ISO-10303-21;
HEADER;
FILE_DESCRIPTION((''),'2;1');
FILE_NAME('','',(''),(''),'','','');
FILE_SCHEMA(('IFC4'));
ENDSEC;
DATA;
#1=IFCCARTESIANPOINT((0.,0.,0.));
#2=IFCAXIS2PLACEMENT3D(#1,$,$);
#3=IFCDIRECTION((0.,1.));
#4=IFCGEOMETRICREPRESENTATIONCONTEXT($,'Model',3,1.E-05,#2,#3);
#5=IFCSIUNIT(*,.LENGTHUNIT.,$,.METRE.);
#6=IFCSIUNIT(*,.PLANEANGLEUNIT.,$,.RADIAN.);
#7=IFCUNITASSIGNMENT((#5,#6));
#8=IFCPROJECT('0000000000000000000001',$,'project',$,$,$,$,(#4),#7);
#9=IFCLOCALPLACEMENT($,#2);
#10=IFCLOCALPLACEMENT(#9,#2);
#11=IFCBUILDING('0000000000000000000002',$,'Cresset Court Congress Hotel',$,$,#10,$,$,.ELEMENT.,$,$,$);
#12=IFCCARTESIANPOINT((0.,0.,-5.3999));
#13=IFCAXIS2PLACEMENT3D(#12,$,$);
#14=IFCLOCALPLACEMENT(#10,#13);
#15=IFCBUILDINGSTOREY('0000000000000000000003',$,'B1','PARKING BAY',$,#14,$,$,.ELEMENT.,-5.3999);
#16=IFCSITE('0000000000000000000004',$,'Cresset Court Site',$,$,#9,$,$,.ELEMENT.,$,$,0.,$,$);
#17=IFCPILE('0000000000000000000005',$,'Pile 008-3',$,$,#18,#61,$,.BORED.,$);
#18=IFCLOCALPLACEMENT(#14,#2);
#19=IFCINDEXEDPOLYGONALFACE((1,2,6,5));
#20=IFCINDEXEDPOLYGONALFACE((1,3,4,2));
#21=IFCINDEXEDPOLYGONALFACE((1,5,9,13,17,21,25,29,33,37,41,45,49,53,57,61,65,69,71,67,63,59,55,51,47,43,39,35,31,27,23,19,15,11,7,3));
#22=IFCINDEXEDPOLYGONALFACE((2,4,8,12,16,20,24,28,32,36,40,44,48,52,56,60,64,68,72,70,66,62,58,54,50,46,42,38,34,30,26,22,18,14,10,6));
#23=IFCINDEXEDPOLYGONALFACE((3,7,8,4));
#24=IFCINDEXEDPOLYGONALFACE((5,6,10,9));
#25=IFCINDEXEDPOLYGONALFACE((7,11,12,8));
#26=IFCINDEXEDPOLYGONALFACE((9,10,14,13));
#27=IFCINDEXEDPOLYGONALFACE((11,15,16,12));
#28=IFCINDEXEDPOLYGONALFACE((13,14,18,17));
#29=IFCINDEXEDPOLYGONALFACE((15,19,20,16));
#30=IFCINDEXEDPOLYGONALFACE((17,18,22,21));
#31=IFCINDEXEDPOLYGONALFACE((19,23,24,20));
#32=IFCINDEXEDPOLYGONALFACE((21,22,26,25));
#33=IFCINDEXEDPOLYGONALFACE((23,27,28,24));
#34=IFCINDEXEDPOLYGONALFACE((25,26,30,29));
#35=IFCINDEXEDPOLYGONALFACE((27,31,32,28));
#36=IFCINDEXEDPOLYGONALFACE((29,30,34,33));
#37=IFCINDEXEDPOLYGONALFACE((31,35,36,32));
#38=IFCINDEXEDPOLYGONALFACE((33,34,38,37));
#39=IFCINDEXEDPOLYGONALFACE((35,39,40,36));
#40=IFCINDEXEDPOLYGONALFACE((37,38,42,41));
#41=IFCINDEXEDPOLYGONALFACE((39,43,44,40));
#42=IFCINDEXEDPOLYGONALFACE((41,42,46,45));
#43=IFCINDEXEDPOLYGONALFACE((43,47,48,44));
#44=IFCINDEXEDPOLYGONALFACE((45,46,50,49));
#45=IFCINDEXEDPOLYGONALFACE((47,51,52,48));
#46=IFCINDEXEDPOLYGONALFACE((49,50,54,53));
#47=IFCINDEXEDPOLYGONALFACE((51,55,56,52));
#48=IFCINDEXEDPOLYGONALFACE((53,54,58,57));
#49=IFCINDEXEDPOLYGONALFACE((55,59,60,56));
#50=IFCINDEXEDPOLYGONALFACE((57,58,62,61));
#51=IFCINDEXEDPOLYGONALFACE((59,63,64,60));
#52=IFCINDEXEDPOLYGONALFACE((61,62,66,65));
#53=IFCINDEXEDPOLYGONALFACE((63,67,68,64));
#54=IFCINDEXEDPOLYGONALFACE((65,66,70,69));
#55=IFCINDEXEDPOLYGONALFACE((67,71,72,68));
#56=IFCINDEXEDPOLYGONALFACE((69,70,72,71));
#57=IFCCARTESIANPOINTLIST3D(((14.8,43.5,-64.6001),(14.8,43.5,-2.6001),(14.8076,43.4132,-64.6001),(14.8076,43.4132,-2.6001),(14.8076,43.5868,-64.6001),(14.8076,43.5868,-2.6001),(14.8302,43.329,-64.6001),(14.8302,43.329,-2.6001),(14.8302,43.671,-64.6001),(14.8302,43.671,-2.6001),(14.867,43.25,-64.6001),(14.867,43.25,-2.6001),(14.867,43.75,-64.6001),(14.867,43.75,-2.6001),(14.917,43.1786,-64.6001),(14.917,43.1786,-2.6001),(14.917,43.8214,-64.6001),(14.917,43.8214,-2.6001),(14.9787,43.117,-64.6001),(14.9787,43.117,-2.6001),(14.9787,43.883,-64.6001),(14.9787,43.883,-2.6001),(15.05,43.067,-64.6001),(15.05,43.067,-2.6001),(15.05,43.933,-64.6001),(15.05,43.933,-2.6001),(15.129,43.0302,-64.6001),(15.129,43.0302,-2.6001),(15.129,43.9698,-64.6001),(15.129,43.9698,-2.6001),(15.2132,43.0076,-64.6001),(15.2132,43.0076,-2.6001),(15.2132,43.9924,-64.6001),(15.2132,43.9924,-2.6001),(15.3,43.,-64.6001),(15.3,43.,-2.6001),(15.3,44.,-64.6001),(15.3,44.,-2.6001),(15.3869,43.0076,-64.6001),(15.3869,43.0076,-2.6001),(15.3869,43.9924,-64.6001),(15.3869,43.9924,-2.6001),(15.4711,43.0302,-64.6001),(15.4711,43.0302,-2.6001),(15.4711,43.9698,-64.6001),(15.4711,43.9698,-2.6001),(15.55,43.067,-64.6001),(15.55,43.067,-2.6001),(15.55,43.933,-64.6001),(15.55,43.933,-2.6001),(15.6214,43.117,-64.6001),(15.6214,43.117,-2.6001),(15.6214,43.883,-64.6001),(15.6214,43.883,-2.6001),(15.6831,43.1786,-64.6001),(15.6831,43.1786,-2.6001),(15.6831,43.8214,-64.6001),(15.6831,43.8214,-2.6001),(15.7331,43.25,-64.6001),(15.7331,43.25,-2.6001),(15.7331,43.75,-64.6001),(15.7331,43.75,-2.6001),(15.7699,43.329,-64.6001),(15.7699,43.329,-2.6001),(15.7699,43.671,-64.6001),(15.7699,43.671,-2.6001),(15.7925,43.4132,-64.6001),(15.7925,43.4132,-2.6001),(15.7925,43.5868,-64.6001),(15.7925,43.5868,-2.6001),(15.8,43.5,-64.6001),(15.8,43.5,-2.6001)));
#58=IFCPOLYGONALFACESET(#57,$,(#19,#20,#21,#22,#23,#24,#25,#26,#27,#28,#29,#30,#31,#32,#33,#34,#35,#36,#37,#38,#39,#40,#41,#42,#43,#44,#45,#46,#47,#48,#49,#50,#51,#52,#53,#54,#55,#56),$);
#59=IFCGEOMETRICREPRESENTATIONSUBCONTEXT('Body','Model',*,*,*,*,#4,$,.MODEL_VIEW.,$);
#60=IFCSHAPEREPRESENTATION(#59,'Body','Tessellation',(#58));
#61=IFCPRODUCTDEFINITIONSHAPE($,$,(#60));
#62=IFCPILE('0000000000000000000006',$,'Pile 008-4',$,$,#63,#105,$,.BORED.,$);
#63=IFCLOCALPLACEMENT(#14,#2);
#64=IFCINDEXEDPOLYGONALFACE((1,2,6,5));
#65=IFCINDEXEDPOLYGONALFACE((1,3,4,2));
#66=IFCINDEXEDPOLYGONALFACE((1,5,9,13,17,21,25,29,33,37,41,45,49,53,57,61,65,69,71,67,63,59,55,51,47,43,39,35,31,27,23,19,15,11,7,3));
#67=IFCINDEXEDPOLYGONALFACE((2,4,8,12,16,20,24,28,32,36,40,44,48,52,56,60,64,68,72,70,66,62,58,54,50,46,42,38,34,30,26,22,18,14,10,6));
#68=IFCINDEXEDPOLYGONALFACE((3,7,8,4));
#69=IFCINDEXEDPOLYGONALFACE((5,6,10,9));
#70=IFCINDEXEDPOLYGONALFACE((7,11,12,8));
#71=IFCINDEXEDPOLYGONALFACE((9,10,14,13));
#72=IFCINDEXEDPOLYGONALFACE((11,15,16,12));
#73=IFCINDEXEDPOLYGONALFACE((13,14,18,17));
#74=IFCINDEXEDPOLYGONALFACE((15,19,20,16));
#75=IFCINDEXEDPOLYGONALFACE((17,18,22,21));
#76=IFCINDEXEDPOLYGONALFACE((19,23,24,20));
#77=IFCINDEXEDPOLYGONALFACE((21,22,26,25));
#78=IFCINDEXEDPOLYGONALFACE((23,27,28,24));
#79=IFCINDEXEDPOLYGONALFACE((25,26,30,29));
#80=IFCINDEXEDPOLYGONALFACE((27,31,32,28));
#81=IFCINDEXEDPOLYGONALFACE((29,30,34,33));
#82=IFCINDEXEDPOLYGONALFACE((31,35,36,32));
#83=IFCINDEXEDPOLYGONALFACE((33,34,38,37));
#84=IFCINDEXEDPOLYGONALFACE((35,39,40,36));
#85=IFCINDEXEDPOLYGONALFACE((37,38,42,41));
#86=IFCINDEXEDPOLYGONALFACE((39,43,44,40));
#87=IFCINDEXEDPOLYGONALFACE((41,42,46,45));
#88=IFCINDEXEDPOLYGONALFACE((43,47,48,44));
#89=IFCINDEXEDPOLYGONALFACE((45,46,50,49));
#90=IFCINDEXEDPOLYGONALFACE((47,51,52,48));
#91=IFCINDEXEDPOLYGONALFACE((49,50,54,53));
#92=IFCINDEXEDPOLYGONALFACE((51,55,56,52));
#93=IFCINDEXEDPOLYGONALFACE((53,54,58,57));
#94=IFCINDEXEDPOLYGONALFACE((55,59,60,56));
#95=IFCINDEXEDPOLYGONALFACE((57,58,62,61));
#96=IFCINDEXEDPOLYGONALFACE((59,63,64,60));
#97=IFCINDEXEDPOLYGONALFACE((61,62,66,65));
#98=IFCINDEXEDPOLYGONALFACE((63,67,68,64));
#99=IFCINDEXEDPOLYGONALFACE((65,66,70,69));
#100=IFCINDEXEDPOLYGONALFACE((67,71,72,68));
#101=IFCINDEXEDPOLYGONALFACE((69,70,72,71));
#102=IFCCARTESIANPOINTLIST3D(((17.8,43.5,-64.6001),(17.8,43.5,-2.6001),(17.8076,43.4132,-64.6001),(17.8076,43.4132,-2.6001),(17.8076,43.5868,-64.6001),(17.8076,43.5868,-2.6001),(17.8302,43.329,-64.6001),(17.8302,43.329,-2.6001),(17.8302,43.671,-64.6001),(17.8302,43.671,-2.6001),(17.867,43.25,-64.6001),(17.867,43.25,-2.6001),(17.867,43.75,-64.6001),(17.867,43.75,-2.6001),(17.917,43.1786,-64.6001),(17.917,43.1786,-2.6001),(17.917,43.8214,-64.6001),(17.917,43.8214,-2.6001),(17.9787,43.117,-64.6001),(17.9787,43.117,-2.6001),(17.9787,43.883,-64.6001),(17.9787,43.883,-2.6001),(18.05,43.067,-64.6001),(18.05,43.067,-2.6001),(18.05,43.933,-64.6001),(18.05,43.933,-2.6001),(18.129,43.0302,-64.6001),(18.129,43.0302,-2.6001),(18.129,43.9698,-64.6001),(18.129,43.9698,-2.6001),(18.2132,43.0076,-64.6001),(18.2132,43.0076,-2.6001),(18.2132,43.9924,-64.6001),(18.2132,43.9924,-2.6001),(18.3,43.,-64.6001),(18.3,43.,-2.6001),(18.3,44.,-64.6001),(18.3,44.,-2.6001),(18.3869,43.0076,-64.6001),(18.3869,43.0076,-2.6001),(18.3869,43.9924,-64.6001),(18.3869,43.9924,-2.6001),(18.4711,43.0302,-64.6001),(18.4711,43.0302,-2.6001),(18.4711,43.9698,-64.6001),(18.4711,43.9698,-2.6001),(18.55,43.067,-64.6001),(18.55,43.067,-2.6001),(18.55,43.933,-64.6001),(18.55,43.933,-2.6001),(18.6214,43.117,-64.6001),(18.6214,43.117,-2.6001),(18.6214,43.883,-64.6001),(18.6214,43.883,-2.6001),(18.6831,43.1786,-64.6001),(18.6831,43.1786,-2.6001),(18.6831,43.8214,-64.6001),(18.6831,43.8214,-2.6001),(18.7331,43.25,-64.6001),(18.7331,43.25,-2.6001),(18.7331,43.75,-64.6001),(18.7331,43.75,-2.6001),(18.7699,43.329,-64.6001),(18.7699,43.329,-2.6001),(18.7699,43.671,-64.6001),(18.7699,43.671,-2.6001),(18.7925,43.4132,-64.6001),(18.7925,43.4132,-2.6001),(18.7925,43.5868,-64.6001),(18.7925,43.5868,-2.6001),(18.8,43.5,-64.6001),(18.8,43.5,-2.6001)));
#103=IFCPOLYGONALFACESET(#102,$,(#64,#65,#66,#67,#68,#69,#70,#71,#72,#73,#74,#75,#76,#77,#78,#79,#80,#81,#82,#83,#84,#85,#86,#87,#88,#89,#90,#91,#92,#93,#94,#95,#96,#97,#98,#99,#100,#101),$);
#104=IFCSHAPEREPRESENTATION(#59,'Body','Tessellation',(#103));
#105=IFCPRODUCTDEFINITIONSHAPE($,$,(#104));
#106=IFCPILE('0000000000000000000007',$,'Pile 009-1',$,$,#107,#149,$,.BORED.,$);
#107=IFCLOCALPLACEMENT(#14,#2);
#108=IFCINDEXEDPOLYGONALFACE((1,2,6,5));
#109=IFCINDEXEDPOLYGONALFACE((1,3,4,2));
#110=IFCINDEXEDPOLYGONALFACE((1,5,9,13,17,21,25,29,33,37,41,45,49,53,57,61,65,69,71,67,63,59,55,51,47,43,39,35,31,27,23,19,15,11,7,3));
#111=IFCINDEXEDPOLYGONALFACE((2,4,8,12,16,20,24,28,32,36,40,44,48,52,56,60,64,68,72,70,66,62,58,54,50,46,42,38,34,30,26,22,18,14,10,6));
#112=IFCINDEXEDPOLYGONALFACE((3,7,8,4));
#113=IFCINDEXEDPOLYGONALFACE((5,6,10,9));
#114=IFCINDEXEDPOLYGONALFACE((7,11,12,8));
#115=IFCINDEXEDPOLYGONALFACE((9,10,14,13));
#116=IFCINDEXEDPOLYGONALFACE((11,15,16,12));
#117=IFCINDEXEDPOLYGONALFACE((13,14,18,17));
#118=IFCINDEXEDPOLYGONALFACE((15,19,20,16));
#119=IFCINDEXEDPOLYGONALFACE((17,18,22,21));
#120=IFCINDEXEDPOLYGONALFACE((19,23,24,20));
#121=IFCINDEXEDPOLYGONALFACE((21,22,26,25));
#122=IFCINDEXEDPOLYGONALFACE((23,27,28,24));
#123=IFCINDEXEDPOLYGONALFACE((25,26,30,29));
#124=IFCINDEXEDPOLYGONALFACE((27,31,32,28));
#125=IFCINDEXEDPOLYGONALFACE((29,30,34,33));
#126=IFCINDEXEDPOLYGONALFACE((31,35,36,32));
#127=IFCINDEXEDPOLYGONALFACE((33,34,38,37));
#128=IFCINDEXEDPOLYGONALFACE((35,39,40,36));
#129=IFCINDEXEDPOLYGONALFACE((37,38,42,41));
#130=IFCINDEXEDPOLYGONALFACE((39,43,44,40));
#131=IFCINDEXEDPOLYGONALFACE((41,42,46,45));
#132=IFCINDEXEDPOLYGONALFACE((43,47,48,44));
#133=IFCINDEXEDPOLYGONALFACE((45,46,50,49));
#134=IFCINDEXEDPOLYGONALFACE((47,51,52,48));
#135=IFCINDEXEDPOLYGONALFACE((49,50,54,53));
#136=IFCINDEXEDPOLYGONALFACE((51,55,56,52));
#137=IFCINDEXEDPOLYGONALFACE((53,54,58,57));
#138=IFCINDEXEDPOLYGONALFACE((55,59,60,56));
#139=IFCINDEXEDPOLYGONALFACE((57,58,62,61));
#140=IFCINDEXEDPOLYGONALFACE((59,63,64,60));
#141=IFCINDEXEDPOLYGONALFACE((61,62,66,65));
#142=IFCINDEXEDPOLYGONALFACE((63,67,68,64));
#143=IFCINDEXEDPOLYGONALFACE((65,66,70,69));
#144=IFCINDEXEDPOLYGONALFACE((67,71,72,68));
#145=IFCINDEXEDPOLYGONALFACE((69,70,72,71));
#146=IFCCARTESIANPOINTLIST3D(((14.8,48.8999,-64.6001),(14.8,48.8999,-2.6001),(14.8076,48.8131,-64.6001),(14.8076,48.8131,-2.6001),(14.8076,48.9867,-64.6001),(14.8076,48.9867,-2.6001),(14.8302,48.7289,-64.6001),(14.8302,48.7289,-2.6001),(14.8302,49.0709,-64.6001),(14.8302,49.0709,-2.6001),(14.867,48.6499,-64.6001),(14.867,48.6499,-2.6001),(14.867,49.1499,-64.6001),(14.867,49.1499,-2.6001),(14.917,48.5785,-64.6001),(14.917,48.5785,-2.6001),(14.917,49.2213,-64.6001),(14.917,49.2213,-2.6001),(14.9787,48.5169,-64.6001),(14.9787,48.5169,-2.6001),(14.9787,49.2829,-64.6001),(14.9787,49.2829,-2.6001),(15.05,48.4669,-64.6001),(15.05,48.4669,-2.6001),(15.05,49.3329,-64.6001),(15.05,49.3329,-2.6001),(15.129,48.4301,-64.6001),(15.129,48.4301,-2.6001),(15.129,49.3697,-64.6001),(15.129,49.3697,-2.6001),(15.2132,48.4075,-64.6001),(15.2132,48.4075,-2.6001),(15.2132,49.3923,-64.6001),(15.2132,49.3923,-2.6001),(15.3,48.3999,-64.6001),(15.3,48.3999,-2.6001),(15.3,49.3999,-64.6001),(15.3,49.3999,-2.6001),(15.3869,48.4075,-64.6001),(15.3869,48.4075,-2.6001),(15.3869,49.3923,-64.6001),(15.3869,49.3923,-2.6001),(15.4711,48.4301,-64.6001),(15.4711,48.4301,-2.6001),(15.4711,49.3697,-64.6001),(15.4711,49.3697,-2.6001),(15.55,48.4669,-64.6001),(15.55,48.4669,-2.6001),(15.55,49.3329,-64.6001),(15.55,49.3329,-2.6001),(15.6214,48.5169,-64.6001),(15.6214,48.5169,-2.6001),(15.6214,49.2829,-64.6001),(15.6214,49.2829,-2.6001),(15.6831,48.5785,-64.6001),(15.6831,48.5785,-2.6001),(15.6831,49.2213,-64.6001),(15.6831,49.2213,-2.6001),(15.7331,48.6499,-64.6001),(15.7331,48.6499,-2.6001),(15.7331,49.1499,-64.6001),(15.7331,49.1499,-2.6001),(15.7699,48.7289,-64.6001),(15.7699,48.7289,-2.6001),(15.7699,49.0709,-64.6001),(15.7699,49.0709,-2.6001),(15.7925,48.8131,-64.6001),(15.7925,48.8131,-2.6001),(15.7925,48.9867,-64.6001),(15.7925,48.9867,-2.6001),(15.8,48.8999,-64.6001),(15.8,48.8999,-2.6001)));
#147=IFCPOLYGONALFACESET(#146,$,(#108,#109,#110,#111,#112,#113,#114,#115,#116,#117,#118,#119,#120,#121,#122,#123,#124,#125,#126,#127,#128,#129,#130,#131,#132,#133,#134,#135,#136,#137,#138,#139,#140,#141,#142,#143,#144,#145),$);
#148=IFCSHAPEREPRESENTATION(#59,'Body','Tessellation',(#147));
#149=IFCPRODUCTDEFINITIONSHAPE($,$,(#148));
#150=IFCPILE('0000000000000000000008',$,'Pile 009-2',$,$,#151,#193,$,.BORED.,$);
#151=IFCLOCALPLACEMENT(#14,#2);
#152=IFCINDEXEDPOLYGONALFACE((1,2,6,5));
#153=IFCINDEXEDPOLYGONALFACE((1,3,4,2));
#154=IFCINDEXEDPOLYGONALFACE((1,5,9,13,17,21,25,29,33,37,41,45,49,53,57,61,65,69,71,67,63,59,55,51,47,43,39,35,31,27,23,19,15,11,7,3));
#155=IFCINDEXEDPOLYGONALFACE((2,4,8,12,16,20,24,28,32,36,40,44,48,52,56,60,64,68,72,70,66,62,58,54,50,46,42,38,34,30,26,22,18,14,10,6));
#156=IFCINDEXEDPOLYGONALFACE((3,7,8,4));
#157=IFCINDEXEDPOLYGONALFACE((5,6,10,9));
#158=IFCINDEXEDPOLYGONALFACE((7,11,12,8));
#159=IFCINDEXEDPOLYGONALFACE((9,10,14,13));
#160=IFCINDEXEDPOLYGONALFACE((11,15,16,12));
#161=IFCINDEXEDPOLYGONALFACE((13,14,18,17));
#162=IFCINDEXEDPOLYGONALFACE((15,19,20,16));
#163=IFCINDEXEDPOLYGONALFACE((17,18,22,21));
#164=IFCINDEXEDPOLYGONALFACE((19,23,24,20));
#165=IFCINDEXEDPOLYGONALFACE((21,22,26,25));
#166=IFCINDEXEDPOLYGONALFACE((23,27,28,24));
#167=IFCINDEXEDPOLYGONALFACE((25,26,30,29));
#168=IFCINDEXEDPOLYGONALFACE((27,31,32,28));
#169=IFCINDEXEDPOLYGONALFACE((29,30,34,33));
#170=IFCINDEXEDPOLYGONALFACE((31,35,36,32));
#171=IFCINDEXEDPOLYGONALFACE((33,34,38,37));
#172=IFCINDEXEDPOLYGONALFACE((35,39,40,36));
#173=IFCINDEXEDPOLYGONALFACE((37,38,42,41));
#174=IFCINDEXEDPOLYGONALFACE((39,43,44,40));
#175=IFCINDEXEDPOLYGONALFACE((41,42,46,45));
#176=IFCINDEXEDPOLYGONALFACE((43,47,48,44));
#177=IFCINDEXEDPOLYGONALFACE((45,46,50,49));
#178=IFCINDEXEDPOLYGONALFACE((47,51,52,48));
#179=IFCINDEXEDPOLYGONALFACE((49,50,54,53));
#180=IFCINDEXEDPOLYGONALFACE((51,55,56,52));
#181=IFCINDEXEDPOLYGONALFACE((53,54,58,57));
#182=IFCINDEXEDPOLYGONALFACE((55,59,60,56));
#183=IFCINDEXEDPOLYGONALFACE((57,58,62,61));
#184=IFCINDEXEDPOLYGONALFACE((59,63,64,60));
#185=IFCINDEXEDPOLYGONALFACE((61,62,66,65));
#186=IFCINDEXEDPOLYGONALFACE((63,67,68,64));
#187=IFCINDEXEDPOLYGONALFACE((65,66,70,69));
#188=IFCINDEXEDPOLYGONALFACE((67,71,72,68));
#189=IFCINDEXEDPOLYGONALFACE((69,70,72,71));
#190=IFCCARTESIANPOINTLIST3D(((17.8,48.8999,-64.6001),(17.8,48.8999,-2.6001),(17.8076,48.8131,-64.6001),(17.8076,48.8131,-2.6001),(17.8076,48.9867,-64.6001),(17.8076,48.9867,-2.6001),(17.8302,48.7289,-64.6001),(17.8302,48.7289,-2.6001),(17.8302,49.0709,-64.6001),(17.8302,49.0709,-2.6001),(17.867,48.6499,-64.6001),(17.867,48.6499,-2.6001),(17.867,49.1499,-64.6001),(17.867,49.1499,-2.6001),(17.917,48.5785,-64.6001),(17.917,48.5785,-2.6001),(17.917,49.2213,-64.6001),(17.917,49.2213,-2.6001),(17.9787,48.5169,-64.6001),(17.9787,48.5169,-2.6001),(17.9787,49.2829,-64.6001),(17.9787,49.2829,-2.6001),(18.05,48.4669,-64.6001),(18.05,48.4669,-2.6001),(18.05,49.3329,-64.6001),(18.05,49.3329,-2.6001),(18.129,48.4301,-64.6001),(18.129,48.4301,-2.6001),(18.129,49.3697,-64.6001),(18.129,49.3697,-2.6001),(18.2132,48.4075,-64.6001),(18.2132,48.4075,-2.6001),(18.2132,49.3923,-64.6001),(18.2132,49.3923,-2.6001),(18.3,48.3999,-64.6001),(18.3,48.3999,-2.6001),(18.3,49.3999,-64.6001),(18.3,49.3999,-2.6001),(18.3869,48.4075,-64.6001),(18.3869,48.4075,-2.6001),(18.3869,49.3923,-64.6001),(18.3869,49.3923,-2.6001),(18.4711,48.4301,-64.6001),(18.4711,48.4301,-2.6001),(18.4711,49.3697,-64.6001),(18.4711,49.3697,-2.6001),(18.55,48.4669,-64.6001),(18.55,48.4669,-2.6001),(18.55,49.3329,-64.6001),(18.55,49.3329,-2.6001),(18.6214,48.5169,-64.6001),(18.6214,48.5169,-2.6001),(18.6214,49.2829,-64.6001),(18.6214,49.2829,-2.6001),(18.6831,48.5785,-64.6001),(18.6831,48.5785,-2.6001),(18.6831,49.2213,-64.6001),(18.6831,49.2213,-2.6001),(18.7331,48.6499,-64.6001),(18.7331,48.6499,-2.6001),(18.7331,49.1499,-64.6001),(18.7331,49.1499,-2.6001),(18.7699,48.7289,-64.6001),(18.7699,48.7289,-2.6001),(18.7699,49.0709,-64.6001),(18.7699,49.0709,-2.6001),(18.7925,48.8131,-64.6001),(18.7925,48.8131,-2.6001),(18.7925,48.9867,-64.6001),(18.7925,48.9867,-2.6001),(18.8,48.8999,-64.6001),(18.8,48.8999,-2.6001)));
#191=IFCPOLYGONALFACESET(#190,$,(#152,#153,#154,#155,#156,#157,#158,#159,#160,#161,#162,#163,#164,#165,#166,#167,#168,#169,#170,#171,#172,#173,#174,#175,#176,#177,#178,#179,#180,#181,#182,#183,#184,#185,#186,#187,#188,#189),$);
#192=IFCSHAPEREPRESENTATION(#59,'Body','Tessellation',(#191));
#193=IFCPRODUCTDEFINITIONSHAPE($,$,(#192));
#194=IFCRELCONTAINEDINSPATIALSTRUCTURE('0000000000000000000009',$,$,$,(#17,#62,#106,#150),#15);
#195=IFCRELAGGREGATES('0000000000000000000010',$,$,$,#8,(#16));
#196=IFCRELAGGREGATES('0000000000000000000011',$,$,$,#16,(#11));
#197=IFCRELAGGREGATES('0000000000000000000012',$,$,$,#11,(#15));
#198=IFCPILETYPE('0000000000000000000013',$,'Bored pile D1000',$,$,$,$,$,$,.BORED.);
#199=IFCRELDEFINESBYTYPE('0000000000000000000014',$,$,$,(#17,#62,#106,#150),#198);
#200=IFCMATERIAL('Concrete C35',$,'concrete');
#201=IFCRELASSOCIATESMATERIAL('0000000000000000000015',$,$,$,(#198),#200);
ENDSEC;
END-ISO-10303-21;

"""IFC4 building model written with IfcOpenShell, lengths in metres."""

from ifc_helpers import new_model, si_unit, direction, frame, origin, origin_2d, place, context, subcontext, project, spatial, circle, extrude, material, type_object, element, save


model = new_model("IFC4")

# Units and contexts
model_context = context("Model", 3, precision=1e-05, world=origin(), true_north=direction((0.0, 1.0)))
body_context = subcontext(model_context, "Body", "Model", "MODEL_VIEW")
ifc_project = project(units=[si_unit("LENGTHUNIT", "METRE"), si_unit("PLANEANGLEUNIT", "RADIAN")], contexts=[model_context])

# Site, building, storey
site_placement = place(None, origin())
site = spatial("IfcSite", under=ifc_project, at=site_placement, Name="Cresset Court Site", CompositionType="ELEMENT", RefElevation=0.0)
building_placement = place(site_placement, origin())
building = spatial("IfcBuilding", under=site, at=building_placement, Name="Cresset Court Congress Hotel", CompositionType="ELEMENT")
storey_placement = place(building_placement, frame((0.0, 0.0, -5.3999)))
storey = spatial("IfcBuildingStorey", under=building, at=storey_placement, Name="B1", Description="PARKING BAY", CompositionType="ELEMENT", Elevation=-5.3999)

# Piles
ifc_material_1 = material(Name="Concrete C35", Category="concrete")
pile_type = type_object("IfcPileType", Name="Bored pile D1000", PredefinedType="BORED", material=ifc_material_1)
for number, where, z_axis, x_axis, name in (
    (1, (15.3, 43.5, -2.6001), (0.0, 0.0, -1.0), (1.0, 0.0, 0.0), "Pile 008-3"),
    (2, (18.3, 43.5, -2.6001), (0.0, 0.0, -1.0), (1.0, 0.0, 0.0), "Pile 008-4"),
    (3, (15.3, 48.8999, -2.6001), (0.0, 0.0, -1.0), (1.0, 0.0, 0.0), "Pile 009-1"),
    (4, (18.3, 48.8999, -2.6001), (0.0, 0.0, -1.0), (1.0, 0.0, 0.0), "Pile 009-2"),
):
    element("IfcPile", number, at=place(storey_placement, frame(where, z_axis=z_axis, x_axis=x_axis)), inside=storey, type_object=pile_type, Name=name, PredefinedType="BORED", context=body_context, shape_type="SweptSolid", body=[
        extrude(circle(Radius=0.5, at=origin_2d()), origin(), (0.0, 0.0, 1.0), 62.0),
    ])

save(model, "model.ifc")
